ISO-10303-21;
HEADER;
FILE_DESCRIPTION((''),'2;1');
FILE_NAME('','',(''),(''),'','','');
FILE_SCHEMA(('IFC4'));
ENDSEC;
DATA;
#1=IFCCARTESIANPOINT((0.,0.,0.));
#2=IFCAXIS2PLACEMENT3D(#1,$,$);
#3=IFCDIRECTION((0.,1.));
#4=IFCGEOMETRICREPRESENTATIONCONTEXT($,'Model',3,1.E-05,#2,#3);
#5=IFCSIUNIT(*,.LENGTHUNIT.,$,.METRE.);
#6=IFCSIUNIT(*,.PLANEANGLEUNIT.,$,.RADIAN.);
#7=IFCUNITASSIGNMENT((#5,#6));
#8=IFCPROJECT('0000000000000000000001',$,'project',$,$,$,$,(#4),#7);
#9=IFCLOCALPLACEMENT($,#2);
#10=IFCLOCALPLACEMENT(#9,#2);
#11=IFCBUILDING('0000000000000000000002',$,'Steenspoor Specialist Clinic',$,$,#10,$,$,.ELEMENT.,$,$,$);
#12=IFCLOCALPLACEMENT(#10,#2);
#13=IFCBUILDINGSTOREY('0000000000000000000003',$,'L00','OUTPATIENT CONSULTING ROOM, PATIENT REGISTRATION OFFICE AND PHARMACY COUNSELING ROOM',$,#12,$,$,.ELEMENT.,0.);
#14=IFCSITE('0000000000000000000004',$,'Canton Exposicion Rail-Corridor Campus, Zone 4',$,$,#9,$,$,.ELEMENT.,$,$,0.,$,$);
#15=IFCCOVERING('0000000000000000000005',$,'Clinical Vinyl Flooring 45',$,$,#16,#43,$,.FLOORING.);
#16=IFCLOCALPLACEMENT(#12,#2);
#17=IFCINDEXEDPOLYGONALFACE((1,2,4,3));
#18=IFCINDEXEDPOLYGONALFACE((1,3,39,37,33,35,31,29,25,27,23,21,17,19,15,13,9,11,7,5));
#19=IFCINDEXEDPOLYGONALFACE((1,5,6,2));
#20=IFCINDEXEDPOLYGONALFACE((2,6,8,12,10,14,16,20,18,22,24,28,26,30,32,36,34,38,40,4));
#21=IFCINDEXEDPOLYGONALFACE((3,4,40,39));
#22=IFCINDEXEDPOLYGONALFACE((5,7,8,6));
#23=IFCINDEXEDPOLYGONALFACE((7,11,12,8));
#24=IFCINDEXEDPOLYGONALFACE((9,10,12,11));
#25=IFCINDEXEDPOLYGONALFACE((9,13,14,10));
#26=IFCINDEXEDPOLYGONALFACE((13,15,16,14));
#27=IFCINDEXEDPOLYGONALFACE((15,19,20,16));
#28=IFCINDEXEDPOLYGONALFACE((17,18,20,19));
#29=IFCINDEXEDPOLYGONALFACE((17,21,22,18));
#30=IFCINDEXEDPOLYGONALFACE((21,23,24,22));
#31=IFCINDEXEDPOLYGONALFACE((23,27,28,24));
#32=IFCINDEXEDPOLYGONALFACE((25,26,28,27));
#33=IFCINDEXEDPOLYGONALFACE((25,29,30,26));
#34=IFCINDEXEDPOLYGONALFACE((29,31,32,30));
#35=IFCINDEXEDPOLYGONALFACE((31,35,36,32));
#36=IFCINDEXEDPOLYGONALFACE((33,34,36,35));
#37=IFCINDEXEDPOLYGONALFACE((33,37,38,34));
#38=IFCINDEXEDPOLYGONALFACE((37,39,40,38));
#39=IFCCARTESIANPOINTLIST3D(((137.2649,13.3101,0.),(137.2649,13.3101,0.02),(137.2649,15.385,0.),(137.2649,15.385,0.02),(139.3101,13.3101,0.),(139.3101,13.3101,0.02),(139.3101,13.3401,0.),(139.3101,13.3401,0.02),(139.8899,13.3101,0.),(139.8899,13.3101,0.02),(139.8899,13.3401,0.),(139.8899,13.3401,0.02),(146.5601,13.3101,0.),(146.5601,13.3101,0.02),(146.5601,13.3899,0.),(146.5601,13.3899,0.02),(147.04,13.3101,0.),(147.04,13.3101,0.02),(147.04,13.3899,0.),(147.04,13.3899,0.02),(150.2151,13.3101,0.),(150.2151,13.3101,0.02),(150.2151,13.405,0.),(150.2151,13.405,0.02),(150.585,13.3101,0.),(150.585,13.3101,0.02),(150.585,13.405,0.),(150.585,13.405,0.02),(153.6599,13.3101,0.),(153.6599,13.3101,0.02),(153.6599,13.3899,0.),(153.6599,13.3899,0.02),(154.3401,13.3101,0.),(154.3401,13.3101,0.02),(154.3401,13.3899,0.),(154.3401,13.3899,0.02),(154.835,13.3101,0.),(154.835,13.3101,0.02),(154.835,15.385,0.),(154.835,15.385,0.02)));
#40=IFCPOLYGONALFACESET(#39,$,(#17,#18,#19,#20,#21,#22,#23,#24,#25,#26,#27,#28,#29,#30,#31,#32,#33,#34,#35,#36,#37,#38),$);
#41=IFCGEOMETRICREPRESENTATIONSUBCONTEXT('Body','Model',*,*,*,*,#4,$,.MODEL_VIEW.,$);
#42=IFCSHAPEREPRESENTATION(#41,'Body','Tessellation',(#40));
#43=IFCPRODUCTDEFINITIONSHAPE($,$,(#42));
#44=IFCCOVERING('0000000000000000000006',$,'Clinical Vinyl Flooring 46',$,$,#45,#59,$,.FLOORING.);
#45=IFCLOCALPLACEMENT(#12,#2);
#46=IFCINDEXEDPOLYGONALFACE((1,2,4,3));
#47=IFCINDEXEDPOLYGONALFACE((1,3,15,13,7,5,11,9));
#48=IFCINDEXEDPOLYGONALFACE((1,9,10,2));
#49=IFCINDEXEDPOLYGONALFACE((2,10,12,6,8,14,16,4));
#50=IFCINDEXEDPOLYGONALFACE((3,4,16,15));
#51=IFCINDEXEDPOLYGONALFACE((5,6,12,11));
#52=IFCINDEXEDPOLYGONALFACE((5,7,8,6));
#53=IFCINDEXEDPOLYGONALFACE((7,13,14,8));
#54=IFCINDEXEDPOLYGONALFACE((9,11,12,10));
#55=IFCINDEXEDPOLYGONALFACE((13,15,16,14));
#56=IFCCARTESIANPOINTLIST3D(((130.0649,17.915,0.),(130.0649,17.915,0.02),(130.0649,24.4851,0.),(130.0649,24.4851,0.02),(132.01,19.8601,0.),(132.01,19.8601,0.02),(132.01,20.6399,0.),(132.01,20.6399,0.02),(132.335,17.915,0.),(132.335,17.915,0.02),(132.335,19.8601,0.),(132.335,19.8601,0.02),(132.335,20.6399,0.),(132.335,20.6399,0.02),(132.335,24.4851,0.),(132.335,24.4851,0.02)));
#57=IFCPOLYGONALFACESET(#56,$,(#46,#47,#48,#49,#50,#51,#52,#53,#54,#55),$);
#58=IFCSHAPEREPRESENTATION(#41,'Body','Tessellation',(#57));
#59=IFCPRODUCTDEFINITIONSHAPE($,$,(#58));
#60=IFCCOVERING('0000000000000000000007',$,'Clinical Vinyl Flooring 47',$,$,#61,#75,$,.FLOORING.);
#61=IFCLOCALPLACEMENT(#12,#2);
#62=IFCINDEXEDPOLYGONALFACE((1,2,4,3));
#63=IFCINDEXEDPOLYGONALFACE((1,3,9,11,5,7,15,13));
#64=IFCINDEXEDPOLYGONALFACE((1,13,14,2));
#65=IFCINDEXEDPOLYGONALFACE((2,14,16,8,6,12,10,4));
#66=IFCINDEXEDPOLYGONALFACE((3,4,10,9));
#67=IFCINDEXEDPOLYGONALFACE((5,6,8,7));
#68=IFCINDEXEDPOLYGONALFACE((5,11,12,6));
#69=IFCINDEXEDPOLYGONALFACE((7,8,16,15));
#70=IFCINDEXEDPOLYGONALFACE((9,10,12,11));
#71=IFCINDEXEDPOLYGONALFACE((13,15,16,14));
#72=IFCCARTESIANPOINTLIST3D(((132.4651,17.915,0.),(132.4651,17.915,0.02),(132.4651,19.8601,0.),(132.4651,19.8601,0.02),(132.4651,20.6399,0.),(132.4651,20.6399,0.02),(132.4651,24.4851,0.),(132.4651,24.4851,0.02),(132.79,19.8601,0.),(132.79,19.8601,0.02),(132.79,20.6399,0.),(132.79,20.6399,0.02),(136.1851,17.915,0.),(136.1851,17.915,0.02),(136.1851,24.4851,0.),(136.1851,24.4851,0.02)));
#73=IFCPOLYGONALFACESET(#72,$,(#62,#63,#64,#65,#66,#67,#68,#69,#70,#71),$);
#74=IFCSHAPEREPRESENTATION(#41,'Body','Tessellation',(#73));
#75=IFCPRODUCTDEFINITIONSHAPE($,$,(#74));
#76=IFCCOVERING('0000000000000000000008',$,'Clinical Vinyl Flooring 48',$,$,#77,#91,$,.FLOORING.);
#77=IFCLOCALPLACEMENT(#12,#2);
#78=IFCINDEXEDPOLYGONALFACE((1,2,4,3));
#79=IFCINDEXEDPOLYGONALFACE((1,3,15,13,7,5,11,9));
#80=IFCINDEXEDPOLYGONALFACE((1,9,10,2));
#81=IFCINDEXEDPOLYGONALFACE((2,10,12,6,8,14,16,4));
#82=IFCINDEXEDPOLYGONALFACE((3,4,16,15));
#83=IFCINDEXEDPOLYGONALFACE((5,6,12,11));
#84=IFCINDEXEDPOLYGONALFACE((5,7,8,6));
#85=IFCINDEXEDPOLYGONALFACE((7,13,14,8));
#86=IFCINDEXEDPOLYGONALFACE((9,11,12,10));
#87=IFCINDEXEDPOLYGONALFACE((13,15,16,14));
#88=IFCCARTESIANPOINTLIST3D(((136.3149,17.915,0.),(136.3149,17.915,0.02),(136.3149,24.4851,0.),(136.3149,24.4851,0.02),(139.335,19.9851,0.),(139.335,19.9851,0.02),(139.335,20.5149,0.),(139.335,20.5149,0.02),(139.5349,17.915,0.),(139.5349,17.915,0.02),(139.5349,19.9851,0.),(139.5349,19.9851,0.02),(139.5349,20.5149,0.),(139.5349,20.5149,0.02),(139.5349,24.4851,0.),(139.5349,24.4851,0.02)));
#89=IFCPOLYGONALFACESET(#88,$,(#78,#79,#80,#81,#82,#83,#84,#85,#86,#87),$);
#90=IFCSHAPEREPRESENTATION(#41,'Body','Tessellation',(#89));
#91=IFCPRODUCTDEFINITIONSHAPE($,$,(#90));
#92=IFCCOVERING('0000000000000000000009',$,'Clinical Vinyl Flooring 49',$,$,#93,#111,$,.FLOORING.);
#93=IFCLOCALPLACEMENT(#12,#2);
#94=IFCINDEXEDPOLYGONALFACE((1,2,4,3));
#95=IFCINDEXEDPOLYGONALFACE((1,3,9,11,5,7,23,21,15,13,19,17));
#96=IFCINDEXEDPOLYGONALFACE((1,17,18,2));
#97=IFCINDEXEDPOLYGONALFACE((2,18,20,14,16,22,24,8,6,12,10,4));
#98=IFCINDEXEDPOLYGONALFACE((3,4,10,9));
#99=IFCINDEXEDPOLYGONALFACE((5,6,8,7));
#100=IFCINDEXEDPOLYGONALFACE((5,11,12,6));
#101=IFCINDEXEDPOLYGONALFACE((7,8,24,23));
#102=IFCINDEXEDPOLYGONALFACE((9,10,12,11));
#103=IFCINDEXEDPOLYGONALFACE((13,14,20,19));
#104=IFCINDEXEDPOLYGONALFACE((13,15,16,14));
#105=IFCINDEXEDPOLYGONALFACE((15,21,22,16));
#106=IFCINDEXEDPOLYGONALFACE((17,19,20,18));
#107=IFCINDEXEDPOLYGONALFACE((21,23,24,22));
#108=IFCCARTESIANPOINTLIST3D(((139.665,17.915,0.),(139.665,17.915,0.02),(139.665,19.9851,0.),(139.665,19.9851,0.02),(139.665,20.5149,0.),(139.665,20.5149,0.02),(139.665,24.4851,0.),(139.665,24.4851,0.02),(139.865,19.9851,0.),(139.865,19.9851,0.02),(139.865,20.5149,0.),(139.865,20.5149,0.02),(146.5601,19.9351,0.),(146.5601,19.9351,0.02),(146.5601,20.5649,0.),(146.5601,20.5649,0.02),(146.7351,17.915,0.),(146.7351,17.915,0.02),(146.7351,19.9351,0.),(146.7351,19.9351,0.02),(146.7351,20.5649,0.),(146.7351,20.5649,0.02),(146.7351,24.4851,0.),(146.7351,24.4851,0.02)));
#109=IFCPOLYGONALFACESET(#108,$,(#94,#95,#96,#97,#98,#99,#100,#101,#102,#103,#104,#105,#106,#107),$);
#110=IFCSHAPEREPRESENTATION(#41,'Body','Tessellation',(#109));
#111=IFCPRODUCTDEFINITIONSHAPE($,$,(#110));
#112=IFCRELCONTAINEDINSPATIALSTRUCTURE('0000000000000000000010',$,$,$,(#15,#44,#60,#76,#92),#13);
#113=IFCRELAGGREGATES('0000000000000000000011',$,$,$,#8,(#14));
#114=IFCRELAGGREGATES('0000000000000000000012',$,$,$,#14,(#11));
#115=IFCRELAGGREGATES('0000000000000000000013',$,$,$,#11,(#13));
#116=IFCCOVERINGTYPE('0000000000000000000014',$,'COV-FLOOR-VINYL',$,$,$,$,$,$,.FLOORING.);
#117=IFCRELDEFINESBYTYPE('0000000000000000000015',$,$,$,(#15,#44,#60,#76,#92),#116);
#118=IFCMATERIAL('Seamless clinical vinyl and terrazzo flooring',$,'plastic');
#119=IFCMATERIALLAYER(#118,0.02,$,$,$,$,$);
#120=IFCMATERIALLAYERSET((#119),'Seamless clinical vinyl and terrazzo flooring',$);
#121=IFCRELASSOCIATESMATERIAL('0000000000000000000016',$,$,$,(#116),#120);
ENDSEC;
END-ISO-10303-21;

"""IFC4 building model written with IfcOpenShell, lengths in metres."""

from ifc_helpers import new_model, si_unit, direction, origin, place, context, subcontext, project, spatial, polyline, outline, extrude, material, layer, layer_set, type_object, element, save


model = new_model("IFC4")

# Units and contexts
model_context = context("Model", 3, precision=1e-05, world=origin(), true_north=direction((0.0, 1.0)))
body_context = subcontext(model_context, "Body", "Model", "MODEL_VIEW")
ifc_project = project(units=[si_unit("LENGTHUNIT", "METRE"), si_unit("PLANEANGLEUNIT", "RADIAN")], contexts=[model_context])

# Site, building, storey
site_placement = place(None, origin())
site = spatial("IfcSite", under=ifc_project, at=site_placement, Name="Canton Exposicion Rail-Corridor Campus, Zone 4", CompositionType="ELEMENT", RefElevation=0.0)
building_placement = place(site_placement, origin())
building = spatial("IfcBuilding", under=site, at=building_placement, Name="Steenspoor Specialist Clinic", CompositionType="ELEMENT")
storey_placement = place(building_placement, origin())
storey = spatial("IfcBuildingStorey", under=building, at=storey_placement, Name="L00", Description="OUTPATIENT CONSULTING ROOM, PATIENT REGISTRATION OFFICE AND PHARMACY COUNSELING ROOM", CompositionType="ELEMENT", Elevation=0.0)

# Coverings
ifc_material_1 = material(Name="Seamless clinical vinyl and terrazzo flooring", Category="plastic")
ifc_layer_1 = layer(ifc_material_1, 0.02)
ifc_layer_set_1 = layer_set([ifc_layer_1], Name="Seamless clinical vinyl and terrazzo flooring")
covering_type_1 = type_object("IfcCoveringType", Name="COV-FLOOR-VINYL", PredefinedType="FLOORING", material=ifc_layer_set_1)
covering_1_placement = place(storey_placement, origin())
element("IfcCovering", 1, at=covering_1_placement, inside=storey, type_object=covering_type_1, Name="Clinical Vinyl Flooring 45", PredefinedType="FLOORING", context=body_context, shape_type="SweptSolid", body=[
    extrude(outline(polyline([(154.835, 15.385), (154.835, 13.3101), (154.3401, 13.3101), (154.3401, 13.3899), (153.6599, 13.3899), (153.6599, 13.3101), (150.585, 13.3101), (150.585, 13.405), (150.2151, 13.405), (150.2151, 13.3101), (147.04, 13.3101), (147.04, 13.3899), (146.5601, 13.3899), (146.5601, 13.3101), (139.8899, 13.3101), (139.8899, 13.3401), (139.3101, 13.3401), (139.3101, 13.3101), (137.2649, 13.3101), (137.2649, 15.385), (154.835, 15.385)])), origin(), (0.0, 0.0, 1.0), 0.02),
])
covering_2_placement = place(storey_placement, origin())
element("IfcCovering", 2, at=covering_2_placement, inside=storey, type_object=covering_type_1, Name="Clinical Vinyl Flooring 46", PredefinedType="FLOORING", context=body_context, shape_type="SweptSolid", body=[
    extrude(outline(polyline([(130.0649, 17.915), (130.0649, 24.4851), (132.335, 24.4851), (132.335, 20.6399), (132.01, 20.6399), (132.01, 19.8601), (132.335, 19.8601), (132.335, 17.915), (130.0649, 17.915)])), origin(), (0.0, 0.0, 1.0), 0.02),
])
covering_3_placement = place(storey_placement, origin())
element("IfcCovering", 3, at=covering_3_placement, inside=storey, type_object=covering_type_1, Name="Clinical Vinyl Flooring 47", PredefinedType="FLOORING", context=body_context, shape_type="SweptSolid", body=[
    extrude(outline(polyline([(132.4651, 17.915), (132.4651, 19.8601), (132.79, 19.8601), (132.79, 20.6399), (132.4651, 20.6399), (132.4651, 24.4851), (136.1851, 24.4851), (136.1851, 17.915), (132.4651, 17.915)])), origin(), (0.0, 0.0, 1.0), 0.02),
])
covering_4_placement = place(storey_placement, origin())
element("IfcCovering", 4, at=covering_4_placement, inside=storey, type_object=covering_type_1, Name="Clinical Vinyl Flooring 48", PredefinedType="FLOORING", context=body_context, shape_type="SweptSolid", body=[
    extrude(outline(polyline([(136.3149, 17.915), (136.3149, 24.4851), (139.5349, 24.4851), (139.5349, 20.5149), (139.335, 20.5149), (139.335, 19.9851), (139.5349, 19.9851), (139.5349, 17.915), (136.3149, 17.915)])), origin(), (0.0, 0.0, 1.0), 0.02),
])
covering_5_placement = place(storey_placement, origin())
element("IfcCovering", 5, at=covering_5_placement, inside=storey, type_object=covering_type_1, Name="Clinical Vinyl Flooring 49", PredefinedType="FLOORING", context=body_context, shape_type="SweptSolid", body=[
    extrude(outline(polyline([(139.665, 17.915), (139.665, 19.9851), (139.865, 19.9851), (139.865, 20.5149), (139.665, 20.5149), (139.665, 24.4851), (146.7351, 24.4851), (146.7351, 20.5649), (146.5601, 20.5649), (146.5601, 19.9351), (146.7351, 19.9351), (146.7351, 17.915), (139.665, 17.915)])), origin(), (0.0, 0.0, 1.0), 0.02),
])

save(model, "model.ifc")
